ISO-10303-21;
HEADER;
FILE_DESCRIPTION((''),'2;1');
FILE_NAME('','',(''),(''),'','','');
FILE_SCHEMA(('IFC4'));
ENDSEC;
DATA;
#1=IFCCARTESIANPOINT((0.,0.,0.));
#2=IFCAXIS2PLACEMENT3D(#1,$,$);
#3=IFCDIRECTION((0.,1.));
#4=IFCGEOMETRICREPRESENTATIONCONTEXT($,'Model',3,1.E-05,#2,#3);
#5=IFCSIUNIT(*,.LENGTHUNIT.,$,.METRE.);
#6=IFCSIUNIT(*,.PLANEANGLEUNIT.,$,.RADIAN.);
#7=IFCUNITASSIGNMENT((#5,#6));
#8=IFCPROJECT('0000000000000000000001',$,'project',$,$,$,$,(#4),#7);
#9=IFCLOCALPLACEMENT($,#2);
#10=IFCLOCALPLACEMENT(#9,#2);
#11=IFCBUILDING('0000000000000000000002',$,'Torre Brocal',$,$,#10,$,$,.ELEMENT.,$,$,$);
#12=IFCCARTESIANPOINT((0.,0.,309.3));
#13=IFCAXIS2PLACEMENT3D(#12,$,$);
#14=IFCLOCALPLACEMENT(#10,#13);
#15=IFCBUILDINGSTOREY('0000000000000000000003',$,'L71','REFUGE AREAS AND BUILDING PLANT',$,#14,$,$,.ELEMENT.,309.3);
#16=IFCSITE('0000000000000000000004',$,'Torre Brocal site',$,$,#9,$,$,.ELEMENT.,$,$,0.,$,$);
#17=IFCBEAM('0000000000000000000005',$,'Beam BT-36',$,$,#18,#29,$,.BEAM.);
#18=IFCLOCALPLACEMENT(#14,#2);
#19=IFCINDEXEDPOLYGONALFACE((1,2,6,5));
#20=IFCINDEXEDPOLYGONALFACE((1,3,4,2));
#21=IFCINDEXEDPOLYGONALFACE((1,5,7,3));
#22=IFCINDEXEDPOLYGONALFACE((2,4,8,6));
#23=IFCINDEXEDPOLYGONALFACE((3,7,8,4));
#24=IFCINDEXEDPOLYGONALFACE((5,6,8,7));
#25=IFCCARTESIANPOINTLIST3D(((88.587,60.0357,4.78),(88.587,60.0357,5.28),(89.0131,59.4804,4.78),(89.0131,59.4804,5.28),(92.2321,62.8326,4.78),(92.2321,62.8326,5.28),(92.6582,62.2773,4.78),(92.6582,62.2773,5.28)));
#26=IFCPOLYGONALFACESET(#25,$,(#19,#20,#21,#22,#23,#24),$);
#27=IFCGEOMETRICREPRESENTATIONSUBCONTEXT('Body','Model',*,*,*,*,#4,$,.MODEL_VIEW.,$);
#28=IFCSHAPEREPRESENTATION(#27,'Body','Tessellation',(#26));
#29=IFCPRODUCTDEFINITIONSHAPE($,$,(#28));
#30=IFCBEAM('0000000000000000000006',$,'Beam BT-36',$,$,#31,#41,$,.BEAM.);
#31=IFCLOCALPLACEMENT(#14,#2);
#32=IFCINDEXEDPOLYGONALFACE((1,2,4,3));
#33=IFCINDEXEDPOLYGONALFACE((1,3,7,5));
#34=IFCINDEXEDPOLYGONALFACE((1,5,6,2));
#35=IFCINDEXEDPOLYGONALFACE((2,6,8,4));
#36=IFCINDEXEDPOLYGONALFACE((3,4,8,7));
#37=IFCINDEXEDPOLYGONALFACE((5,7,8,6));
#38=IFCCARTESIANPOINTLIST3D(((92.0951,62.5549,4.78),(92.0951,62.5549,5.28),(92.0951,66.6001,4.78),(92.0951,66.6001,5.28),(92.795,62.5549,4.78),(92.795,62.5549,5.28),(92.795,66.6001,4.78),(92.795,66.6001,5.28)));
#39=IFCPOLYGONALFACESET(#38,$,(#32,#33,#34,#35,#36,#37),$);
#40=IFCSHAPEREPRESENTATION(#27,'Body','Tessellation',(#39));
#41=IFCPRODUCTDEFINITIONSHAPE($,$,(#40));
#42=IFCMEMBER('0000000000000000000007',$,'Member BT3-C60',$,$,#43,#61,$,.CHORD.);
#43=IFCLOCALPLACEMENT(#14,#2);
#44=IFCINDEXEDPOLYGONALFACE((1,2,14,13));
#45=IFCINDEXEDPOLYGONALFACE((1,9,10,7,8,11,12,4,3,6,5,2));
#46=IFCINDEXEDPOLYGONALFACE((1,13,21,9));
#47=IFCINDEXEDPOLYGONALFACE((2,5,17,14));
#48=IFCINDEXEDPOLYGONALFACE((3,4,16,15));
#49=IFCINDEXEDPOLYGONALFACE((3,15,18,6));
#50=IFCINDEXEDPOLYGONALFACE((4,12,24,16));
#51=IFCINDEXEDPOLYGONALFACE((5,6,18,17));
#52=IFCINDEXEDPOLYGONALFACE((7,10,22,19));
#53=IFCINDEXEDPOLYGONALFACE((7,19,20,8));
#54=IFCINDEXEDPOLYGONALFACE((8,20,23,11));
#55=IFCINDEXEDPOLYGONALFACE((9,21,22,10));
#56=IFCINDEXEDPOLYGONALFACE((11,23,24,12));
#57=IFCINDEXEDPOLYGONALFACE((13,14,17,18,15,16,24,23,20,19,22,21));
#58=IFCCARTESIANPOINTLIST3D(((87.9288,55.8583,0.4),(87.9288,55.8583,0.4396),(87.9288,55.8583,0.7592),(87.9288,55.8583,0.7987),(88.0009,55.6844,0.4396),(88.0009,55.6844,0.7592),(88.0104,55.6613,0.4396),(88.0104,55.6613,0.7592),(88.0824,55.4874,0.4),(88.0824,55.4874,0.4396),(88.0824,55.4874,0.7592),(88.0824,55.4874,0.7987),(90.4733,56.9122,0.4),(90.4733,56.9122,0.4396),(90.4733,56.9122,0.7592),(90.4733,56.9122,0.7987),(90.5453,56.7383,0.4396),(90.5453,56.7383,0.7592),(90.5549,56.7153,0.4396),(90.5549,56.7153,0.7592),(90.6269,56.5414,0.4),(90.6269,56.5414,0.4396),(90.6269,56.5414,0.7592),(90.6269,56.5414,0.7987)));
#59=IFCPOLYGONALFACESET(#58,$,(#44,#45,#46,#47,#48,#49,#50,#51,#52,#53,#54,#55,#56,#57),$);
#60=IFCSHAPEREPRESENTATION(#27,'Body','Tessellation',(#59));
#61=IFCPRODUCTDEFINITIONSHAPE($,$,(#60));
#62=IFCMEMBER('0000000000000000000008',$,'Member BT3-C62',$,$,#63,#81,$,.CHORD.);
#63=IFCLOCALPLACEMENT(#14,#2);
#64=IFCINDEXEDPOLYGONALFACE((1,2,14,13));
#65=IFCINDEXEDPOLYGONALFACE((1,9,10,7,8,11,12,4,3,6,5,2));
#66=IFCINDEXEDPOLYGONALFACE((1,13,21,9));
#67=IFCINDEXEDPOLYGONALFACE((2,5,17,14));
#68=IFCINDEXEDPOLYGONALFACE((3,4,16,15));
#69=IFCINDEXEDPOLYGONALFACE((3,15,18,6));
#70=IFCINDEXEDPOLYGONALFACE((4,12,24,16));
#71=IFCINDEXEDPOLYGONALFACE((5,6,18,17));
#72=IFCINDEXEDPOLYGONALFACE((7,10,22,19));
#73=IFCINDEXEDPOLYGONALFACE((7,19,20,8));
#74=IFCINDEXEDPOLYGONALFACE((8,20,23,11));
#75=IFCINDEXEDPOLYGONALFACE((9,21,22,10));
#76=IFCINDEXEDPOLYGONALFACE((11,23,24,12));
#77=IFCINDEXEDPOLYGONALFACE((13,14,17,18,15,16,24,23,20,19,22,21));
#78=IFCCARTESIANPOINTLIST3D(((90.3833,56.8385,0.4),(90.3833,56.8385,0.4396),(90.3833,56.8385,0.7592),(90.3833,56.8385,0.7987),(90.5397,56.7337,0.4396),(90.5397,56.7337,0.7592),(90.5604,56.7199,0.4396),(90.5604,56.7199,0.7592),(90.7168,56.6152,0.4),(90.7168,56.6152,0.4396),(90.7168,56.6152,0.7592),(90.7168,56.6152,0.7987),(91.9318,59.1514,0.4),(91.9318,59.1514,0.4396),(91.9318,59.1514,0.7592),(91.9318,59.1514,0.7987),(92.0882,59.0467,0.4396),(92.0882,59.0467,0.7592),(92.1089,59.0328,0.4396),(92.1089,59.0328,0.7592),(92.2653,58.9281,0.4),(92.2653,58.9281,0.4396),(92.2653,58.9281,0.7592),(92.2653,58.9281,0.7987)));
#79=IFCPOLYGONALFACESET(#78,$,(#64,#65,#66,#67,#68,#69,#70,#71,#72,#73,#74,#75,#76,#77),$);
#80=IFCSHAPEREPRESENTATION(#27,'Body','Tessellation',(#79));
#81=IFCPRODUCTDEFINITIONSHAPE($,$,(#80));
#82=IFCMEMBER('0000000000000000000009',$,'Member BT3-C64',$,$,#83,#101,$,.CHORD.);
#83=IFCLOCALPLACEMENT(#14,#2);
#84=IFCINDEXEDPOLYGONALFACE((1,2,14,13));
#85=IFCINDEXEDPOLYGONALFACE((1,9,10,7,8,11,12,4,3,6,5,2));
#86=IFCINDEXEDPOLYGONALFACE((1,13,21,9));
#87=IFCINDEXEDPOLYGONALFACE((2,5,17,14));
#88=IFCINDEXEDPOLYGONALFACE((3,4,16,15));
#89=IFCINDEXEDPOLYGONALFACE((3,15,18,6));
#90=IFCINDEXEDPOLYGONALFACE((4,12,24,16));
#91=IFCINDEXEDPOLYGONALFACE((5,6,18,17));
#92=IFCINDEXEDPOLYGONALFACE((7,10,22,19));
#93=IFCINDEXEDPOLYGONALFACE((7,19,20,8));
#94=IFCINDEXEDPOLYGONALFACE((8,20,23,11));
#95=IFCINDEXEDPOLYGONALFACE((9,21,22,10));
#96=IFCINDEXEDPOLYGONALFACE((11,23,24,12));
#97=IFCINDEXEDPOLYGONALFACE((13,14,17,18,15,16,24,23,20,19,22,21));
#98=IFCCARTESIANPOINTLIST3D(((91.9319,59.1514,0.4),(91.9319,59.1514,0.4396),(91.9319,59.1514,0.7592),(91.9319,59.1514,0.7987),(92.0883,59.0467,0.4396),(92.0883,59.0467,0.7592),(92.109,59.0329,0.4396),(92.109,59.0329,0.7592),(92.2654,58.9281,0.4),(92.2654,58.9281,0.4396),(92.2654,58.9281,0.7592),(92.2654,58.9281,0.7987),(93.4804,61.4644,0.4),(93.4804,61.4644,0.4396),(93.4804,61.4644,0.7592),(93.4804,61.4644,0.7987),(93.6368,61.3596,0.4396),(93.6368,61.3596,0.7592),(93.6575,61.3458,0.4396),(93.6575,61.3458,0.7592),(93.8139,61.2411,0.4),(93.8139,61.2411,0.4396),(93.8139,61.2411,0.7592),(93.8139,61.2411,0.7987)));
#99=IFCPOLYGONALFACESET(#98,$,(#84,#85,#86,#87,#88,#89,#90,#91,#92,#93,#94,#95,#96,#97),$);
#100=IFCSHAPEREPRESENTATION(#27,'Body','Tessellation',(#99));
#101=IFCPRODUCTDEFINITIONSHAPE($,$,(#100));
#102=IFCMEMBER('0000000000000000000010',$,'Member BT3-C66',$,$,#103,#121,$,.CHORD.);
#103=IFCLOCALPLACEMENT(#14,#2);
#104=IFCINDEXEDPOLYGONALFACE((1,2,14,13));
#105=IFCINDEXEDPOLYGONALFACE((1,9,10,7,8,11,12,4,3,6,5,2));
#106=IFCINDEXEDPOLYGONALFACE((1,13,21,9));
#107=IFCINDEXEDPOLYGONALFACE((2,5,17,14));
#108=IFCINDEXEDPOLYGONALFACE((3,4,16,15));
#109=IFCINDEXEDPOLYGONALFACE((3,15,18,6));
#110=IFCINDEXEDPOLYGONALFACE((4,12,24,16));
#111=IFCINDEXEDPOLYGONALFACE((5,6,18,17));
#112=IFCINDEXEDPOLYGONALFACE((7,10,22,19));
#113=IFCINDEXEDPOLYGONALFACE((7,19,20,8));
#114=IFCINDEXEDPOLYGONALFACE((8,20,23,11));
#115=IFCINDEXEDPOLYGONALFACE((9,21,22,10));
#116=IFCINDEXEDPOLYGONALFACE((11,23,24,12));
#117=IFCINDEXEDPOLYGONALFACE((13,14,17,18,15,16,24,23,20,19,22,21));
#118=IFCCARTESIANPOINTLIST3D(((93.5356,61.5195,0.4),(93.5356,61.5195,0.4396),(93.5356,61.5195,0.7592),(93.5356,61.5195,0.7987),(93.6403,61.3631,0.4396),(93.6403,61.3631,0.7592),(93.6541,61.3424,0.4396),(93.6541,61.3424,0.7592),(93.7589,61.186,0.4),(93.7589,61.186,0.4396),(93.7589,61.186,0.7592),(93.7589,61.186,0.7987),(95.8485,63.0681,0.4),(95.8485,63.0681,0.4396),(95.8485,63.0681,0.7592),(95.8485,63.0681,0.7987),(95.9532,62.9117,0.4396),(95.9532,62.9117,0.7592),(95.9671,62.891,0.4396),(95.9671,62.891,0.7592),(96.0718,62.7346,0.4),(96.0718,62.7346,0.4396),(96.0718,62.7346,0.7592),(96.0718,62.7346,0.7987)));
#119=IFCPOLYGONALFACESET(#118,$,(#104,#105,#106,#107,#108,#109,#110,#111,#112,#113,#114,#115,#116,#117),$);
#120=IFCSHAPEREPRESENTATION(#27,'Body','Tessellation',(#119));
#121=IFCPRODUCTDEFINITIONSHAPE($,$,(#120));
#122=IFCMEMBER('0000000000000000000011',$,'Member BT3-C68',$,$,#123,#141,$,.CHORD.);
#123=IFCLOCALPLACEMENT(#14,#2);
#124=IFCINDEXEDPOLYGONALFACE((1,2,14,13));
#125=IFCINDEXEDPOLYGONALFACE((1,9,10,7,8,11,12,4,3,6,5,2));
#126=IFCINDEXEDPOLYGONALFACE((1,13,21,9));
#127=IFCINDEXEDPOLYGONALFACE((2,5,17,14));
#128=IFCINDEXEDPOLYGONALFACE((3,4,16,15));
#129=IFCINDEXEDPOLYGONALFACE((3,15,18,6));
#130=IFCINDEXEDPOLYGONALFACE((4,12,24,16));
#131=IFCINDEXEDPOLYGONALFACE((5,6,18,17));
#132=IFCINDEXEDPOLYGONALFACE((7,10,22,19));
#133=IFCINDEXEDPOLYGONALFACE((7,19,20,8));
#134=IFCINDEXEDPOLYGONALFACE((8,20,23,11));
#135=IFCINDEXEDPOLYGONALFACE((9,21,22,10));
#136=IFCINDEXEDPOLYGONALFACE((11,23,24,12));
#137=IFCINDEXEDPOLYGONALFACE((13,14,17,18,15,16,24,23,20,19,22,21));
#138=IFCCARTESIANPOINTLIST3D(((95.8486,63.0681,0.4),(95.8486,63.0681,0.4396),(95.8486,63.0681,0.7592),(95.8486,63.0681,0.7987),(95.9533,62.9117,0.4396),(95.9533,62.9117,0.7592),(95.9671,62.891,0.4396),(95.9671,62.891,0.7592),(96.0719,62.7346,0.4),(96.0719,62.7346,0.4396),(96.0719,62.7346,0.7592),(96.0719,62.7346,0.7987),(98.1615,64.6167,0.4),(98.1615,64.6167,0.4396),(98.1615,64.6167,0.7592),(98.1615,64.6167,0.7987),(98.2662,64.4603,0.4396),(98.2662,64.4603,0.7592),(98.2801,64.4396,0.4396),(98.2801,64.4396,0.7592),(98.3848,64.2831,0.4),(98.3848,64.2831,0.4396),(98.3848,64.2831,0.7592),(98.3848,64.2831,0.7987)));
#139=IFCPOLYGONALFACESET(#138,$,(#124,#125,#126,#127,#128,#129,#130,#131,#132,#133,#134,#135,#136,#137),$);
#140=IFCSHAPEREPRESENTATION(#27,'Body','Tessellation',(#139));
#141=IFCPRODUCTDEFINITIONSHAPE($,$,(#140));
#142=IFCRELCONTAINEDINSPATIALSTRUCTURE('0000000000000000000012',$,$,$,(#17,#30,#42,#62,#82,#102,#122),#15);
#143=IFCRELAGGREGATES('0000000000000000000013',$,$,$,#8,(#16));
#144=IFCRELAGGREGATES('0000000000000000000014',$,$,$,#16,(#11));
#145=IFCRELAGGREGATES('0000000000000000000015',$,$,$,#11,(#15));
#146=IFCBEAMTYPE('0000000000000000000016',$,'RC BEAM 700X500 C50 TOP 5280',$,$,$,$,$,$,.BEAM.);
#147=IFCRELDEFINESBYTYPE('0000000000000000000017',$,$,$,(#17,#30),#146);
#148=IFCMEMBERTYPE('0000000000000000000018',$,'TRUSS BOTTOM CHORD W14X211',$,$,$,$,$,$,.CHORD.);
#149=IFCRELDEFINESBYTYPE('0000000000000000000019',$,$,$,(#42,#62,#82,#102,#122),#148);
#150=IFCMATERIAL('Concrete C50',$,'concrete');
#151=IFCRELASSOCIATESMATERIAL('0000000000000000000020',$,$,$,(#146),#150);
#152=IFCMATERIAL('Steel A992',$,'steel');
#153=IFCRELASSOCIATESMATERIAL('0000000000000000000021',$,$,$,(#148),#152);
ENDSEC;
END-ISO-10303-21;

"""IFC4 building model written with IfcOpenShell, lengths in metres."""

from ifc_helpers import new_model, si_unit, direction, frame, origin, origin_2d, place, context, subcontext, project, spatial, rectangle, i_section, extrude, material, material_profile, profile_set, type_object, element, save


model = new_model("IFC4")

# Units and contexts
model_context = context("Model", 3, precision=1e-05, world=origin(), true_north=direction((0.0, 1.0)))
body_context = subcontext(model_context, "Body", "Model", "MODEL_VIEW")
ifc_project = project(units=[si_unit("LENGTHUNIT", "METRE"), si_unit("PLANEANGLEUNIT", "RADIAN")], contexts=[model_context])

# Site, building, storey
site_placement = place(None, origin())
site = spatial("IfcSite", under=ifc_project, at=site_placement, Name="Torre Brocal site", CompositionType="ELEMENT", RefElevation=0.0)
building_placement = place(site_placement, origin())
building = spatial("IfcBuilding", under=site, at=building_placement, Name="Torre Brocal", CompositionType="ELEMENT")
storey_placement = place(building_placement, frame((0.0, 0.0, 309.3)))
storey = spatial("IfcBuildingStorey", under=building, at=storey_placement, Name="L71", Description="REFUGE AREAS AND BUILDING PLANT", CompositionType="ELEMENT", Elevation=309.3)

# Beams
ifc_material_1 = material(Name="Concrete C50", Category="concrete")
ifc_material_profile_1 = material_profile(ifc_material_1, rectangle(XDim=0.7, YDim=0.5, at=origin_2d()), Name="RC 700X500")
ifc_profile_set_1 = profile_set([ifc_material_profile_1], Name="Concrete C50")
beam_type_1 = type_object("IfcBeamType", Name="RC BEAM 700X500 C50 TOP 5280", PredefinedType="BEAM", material=ifc_profile_set_1)
beam_1_placement = place(storey_placement, frame((88.8, 59.7581, 5.03), z_axis=(0.793358, 0.608755, 0.0), x_axis=(-0.608755, 0.793358, 0.0)))
element("IfcBeam", 1, at=beam_1_placement, inside=storey, type_object=beam_type_1, Name="Beam BT-36", PredefinedType="BEAM", context=body_context, shape_type="SweptSolid", body=[
    extrude(rectangle(XDim=0.7, YDim=0.5, at=origin_2d()), origin(), (0.0, 0.0, 1.0), 4.5945),
])
beam_2_placement = place(storey_placement, frame((92.4451, 62.5549, 5.03), z_axis=(0.0, 1.0, 0.0), x_axis=(-1.0, 0.0, 0.0)))
element("IfcBeam", 2, at=beam_2_placement, inside=storey, type_object=beam_type_1, Name="Beam BT-36", PredefinedType="BEAM", context=body_context, shape_type="SweptSolid", body=[
    extrude(rectangle(XDim=0.7, YDim=0.5, at=origin_2d()), origin(), (0.0, 0.0, 1.0), 4.0452),
])

# Members
ifc_material_2 = material(Name="Steel A992", Category="steel")
ifc_material_profile_2 = material_profile(ifc_material_2, i_section(OverallWidth=0.4014, OverallDepth=0.3987, WebThickness=0.0249, FlangeThickness=0.0396, at=origin_2d()), Name="W14X211")
ifc_profile_set_2 = profile_set([ifc_material_profile_2], Name="Steel A992")
member_type_1 = type_object("IfcMemberType", Name="TRUSS BOTTOM CHORD W14X211", PredefinedType="CHORD", material=ifc_profile_set_2)
member_1_placement = place(storey_placement, frame((88.0056, 55.6729, 0.5994), z_axis=(0.923877, 0.382688, 0.0), x_axis=(-0.382688, 0.923877, 0.0)))
element("IfcMember", 3, at=member_1_placement, inside=storey, type_object=member_type_1, Name="Member BT3-C60", PredefinedType="CHORD", context=body_context, shape_type="SweptSolid", body=[
    extrude(i_section(OverallWidth=0.4014, OverallDepth=0.3987, WebThickness=0.0249, FlangeThickness=0.0396, at=origin_2d()), origin(), (0.0, 0.0, 1.0), 2.7542),
])
for number, where, z_axis, x_axis, name in (
    (4, (90.55, 56.7268, 0.5994), (0.556339, 0.830956, 0.0), (-0.830956, 0.556339, 0.0), "Member BT3-C62"),
    (5, (92.0986, 59.0398, 0.5994), (0.556339, 0.830956, 0.0), (-0.830956, 0.556339, 0.0), "Member BT3-C64"),
    (6, (93.6472, 61.3528, 0.5994), (0.830956, 0.556339, 0.0), (-0.556339, 0.830956, 0.0), "Member BT3-C66"),
    (7, (95.9602, 62.9014, 0.5994), (0.830956, 0.556339, 0.0), (-0.556339, 0.830956, 0.0), "Member BT3-C68"),
):
    element("IfcMember", number, at=place(storey_placement, frame(where, z_axis=z_axis, x_axis=x_axis)), inside=storey, type_object=member_type_1, Name=name, PredefinedType="CHORD", context=body_context, shape_type="SweptSolid", body=[
        extrude(i_section(OverallWidth=0.4014, OverallDepth=0.3987, WebThickness=0.0249, FlangeThickness=0.0396, at=origin_2d()), origin(), (0.0, 0.0, 1.0), 2.7834),
    ])

save(model, "model.ifc")
